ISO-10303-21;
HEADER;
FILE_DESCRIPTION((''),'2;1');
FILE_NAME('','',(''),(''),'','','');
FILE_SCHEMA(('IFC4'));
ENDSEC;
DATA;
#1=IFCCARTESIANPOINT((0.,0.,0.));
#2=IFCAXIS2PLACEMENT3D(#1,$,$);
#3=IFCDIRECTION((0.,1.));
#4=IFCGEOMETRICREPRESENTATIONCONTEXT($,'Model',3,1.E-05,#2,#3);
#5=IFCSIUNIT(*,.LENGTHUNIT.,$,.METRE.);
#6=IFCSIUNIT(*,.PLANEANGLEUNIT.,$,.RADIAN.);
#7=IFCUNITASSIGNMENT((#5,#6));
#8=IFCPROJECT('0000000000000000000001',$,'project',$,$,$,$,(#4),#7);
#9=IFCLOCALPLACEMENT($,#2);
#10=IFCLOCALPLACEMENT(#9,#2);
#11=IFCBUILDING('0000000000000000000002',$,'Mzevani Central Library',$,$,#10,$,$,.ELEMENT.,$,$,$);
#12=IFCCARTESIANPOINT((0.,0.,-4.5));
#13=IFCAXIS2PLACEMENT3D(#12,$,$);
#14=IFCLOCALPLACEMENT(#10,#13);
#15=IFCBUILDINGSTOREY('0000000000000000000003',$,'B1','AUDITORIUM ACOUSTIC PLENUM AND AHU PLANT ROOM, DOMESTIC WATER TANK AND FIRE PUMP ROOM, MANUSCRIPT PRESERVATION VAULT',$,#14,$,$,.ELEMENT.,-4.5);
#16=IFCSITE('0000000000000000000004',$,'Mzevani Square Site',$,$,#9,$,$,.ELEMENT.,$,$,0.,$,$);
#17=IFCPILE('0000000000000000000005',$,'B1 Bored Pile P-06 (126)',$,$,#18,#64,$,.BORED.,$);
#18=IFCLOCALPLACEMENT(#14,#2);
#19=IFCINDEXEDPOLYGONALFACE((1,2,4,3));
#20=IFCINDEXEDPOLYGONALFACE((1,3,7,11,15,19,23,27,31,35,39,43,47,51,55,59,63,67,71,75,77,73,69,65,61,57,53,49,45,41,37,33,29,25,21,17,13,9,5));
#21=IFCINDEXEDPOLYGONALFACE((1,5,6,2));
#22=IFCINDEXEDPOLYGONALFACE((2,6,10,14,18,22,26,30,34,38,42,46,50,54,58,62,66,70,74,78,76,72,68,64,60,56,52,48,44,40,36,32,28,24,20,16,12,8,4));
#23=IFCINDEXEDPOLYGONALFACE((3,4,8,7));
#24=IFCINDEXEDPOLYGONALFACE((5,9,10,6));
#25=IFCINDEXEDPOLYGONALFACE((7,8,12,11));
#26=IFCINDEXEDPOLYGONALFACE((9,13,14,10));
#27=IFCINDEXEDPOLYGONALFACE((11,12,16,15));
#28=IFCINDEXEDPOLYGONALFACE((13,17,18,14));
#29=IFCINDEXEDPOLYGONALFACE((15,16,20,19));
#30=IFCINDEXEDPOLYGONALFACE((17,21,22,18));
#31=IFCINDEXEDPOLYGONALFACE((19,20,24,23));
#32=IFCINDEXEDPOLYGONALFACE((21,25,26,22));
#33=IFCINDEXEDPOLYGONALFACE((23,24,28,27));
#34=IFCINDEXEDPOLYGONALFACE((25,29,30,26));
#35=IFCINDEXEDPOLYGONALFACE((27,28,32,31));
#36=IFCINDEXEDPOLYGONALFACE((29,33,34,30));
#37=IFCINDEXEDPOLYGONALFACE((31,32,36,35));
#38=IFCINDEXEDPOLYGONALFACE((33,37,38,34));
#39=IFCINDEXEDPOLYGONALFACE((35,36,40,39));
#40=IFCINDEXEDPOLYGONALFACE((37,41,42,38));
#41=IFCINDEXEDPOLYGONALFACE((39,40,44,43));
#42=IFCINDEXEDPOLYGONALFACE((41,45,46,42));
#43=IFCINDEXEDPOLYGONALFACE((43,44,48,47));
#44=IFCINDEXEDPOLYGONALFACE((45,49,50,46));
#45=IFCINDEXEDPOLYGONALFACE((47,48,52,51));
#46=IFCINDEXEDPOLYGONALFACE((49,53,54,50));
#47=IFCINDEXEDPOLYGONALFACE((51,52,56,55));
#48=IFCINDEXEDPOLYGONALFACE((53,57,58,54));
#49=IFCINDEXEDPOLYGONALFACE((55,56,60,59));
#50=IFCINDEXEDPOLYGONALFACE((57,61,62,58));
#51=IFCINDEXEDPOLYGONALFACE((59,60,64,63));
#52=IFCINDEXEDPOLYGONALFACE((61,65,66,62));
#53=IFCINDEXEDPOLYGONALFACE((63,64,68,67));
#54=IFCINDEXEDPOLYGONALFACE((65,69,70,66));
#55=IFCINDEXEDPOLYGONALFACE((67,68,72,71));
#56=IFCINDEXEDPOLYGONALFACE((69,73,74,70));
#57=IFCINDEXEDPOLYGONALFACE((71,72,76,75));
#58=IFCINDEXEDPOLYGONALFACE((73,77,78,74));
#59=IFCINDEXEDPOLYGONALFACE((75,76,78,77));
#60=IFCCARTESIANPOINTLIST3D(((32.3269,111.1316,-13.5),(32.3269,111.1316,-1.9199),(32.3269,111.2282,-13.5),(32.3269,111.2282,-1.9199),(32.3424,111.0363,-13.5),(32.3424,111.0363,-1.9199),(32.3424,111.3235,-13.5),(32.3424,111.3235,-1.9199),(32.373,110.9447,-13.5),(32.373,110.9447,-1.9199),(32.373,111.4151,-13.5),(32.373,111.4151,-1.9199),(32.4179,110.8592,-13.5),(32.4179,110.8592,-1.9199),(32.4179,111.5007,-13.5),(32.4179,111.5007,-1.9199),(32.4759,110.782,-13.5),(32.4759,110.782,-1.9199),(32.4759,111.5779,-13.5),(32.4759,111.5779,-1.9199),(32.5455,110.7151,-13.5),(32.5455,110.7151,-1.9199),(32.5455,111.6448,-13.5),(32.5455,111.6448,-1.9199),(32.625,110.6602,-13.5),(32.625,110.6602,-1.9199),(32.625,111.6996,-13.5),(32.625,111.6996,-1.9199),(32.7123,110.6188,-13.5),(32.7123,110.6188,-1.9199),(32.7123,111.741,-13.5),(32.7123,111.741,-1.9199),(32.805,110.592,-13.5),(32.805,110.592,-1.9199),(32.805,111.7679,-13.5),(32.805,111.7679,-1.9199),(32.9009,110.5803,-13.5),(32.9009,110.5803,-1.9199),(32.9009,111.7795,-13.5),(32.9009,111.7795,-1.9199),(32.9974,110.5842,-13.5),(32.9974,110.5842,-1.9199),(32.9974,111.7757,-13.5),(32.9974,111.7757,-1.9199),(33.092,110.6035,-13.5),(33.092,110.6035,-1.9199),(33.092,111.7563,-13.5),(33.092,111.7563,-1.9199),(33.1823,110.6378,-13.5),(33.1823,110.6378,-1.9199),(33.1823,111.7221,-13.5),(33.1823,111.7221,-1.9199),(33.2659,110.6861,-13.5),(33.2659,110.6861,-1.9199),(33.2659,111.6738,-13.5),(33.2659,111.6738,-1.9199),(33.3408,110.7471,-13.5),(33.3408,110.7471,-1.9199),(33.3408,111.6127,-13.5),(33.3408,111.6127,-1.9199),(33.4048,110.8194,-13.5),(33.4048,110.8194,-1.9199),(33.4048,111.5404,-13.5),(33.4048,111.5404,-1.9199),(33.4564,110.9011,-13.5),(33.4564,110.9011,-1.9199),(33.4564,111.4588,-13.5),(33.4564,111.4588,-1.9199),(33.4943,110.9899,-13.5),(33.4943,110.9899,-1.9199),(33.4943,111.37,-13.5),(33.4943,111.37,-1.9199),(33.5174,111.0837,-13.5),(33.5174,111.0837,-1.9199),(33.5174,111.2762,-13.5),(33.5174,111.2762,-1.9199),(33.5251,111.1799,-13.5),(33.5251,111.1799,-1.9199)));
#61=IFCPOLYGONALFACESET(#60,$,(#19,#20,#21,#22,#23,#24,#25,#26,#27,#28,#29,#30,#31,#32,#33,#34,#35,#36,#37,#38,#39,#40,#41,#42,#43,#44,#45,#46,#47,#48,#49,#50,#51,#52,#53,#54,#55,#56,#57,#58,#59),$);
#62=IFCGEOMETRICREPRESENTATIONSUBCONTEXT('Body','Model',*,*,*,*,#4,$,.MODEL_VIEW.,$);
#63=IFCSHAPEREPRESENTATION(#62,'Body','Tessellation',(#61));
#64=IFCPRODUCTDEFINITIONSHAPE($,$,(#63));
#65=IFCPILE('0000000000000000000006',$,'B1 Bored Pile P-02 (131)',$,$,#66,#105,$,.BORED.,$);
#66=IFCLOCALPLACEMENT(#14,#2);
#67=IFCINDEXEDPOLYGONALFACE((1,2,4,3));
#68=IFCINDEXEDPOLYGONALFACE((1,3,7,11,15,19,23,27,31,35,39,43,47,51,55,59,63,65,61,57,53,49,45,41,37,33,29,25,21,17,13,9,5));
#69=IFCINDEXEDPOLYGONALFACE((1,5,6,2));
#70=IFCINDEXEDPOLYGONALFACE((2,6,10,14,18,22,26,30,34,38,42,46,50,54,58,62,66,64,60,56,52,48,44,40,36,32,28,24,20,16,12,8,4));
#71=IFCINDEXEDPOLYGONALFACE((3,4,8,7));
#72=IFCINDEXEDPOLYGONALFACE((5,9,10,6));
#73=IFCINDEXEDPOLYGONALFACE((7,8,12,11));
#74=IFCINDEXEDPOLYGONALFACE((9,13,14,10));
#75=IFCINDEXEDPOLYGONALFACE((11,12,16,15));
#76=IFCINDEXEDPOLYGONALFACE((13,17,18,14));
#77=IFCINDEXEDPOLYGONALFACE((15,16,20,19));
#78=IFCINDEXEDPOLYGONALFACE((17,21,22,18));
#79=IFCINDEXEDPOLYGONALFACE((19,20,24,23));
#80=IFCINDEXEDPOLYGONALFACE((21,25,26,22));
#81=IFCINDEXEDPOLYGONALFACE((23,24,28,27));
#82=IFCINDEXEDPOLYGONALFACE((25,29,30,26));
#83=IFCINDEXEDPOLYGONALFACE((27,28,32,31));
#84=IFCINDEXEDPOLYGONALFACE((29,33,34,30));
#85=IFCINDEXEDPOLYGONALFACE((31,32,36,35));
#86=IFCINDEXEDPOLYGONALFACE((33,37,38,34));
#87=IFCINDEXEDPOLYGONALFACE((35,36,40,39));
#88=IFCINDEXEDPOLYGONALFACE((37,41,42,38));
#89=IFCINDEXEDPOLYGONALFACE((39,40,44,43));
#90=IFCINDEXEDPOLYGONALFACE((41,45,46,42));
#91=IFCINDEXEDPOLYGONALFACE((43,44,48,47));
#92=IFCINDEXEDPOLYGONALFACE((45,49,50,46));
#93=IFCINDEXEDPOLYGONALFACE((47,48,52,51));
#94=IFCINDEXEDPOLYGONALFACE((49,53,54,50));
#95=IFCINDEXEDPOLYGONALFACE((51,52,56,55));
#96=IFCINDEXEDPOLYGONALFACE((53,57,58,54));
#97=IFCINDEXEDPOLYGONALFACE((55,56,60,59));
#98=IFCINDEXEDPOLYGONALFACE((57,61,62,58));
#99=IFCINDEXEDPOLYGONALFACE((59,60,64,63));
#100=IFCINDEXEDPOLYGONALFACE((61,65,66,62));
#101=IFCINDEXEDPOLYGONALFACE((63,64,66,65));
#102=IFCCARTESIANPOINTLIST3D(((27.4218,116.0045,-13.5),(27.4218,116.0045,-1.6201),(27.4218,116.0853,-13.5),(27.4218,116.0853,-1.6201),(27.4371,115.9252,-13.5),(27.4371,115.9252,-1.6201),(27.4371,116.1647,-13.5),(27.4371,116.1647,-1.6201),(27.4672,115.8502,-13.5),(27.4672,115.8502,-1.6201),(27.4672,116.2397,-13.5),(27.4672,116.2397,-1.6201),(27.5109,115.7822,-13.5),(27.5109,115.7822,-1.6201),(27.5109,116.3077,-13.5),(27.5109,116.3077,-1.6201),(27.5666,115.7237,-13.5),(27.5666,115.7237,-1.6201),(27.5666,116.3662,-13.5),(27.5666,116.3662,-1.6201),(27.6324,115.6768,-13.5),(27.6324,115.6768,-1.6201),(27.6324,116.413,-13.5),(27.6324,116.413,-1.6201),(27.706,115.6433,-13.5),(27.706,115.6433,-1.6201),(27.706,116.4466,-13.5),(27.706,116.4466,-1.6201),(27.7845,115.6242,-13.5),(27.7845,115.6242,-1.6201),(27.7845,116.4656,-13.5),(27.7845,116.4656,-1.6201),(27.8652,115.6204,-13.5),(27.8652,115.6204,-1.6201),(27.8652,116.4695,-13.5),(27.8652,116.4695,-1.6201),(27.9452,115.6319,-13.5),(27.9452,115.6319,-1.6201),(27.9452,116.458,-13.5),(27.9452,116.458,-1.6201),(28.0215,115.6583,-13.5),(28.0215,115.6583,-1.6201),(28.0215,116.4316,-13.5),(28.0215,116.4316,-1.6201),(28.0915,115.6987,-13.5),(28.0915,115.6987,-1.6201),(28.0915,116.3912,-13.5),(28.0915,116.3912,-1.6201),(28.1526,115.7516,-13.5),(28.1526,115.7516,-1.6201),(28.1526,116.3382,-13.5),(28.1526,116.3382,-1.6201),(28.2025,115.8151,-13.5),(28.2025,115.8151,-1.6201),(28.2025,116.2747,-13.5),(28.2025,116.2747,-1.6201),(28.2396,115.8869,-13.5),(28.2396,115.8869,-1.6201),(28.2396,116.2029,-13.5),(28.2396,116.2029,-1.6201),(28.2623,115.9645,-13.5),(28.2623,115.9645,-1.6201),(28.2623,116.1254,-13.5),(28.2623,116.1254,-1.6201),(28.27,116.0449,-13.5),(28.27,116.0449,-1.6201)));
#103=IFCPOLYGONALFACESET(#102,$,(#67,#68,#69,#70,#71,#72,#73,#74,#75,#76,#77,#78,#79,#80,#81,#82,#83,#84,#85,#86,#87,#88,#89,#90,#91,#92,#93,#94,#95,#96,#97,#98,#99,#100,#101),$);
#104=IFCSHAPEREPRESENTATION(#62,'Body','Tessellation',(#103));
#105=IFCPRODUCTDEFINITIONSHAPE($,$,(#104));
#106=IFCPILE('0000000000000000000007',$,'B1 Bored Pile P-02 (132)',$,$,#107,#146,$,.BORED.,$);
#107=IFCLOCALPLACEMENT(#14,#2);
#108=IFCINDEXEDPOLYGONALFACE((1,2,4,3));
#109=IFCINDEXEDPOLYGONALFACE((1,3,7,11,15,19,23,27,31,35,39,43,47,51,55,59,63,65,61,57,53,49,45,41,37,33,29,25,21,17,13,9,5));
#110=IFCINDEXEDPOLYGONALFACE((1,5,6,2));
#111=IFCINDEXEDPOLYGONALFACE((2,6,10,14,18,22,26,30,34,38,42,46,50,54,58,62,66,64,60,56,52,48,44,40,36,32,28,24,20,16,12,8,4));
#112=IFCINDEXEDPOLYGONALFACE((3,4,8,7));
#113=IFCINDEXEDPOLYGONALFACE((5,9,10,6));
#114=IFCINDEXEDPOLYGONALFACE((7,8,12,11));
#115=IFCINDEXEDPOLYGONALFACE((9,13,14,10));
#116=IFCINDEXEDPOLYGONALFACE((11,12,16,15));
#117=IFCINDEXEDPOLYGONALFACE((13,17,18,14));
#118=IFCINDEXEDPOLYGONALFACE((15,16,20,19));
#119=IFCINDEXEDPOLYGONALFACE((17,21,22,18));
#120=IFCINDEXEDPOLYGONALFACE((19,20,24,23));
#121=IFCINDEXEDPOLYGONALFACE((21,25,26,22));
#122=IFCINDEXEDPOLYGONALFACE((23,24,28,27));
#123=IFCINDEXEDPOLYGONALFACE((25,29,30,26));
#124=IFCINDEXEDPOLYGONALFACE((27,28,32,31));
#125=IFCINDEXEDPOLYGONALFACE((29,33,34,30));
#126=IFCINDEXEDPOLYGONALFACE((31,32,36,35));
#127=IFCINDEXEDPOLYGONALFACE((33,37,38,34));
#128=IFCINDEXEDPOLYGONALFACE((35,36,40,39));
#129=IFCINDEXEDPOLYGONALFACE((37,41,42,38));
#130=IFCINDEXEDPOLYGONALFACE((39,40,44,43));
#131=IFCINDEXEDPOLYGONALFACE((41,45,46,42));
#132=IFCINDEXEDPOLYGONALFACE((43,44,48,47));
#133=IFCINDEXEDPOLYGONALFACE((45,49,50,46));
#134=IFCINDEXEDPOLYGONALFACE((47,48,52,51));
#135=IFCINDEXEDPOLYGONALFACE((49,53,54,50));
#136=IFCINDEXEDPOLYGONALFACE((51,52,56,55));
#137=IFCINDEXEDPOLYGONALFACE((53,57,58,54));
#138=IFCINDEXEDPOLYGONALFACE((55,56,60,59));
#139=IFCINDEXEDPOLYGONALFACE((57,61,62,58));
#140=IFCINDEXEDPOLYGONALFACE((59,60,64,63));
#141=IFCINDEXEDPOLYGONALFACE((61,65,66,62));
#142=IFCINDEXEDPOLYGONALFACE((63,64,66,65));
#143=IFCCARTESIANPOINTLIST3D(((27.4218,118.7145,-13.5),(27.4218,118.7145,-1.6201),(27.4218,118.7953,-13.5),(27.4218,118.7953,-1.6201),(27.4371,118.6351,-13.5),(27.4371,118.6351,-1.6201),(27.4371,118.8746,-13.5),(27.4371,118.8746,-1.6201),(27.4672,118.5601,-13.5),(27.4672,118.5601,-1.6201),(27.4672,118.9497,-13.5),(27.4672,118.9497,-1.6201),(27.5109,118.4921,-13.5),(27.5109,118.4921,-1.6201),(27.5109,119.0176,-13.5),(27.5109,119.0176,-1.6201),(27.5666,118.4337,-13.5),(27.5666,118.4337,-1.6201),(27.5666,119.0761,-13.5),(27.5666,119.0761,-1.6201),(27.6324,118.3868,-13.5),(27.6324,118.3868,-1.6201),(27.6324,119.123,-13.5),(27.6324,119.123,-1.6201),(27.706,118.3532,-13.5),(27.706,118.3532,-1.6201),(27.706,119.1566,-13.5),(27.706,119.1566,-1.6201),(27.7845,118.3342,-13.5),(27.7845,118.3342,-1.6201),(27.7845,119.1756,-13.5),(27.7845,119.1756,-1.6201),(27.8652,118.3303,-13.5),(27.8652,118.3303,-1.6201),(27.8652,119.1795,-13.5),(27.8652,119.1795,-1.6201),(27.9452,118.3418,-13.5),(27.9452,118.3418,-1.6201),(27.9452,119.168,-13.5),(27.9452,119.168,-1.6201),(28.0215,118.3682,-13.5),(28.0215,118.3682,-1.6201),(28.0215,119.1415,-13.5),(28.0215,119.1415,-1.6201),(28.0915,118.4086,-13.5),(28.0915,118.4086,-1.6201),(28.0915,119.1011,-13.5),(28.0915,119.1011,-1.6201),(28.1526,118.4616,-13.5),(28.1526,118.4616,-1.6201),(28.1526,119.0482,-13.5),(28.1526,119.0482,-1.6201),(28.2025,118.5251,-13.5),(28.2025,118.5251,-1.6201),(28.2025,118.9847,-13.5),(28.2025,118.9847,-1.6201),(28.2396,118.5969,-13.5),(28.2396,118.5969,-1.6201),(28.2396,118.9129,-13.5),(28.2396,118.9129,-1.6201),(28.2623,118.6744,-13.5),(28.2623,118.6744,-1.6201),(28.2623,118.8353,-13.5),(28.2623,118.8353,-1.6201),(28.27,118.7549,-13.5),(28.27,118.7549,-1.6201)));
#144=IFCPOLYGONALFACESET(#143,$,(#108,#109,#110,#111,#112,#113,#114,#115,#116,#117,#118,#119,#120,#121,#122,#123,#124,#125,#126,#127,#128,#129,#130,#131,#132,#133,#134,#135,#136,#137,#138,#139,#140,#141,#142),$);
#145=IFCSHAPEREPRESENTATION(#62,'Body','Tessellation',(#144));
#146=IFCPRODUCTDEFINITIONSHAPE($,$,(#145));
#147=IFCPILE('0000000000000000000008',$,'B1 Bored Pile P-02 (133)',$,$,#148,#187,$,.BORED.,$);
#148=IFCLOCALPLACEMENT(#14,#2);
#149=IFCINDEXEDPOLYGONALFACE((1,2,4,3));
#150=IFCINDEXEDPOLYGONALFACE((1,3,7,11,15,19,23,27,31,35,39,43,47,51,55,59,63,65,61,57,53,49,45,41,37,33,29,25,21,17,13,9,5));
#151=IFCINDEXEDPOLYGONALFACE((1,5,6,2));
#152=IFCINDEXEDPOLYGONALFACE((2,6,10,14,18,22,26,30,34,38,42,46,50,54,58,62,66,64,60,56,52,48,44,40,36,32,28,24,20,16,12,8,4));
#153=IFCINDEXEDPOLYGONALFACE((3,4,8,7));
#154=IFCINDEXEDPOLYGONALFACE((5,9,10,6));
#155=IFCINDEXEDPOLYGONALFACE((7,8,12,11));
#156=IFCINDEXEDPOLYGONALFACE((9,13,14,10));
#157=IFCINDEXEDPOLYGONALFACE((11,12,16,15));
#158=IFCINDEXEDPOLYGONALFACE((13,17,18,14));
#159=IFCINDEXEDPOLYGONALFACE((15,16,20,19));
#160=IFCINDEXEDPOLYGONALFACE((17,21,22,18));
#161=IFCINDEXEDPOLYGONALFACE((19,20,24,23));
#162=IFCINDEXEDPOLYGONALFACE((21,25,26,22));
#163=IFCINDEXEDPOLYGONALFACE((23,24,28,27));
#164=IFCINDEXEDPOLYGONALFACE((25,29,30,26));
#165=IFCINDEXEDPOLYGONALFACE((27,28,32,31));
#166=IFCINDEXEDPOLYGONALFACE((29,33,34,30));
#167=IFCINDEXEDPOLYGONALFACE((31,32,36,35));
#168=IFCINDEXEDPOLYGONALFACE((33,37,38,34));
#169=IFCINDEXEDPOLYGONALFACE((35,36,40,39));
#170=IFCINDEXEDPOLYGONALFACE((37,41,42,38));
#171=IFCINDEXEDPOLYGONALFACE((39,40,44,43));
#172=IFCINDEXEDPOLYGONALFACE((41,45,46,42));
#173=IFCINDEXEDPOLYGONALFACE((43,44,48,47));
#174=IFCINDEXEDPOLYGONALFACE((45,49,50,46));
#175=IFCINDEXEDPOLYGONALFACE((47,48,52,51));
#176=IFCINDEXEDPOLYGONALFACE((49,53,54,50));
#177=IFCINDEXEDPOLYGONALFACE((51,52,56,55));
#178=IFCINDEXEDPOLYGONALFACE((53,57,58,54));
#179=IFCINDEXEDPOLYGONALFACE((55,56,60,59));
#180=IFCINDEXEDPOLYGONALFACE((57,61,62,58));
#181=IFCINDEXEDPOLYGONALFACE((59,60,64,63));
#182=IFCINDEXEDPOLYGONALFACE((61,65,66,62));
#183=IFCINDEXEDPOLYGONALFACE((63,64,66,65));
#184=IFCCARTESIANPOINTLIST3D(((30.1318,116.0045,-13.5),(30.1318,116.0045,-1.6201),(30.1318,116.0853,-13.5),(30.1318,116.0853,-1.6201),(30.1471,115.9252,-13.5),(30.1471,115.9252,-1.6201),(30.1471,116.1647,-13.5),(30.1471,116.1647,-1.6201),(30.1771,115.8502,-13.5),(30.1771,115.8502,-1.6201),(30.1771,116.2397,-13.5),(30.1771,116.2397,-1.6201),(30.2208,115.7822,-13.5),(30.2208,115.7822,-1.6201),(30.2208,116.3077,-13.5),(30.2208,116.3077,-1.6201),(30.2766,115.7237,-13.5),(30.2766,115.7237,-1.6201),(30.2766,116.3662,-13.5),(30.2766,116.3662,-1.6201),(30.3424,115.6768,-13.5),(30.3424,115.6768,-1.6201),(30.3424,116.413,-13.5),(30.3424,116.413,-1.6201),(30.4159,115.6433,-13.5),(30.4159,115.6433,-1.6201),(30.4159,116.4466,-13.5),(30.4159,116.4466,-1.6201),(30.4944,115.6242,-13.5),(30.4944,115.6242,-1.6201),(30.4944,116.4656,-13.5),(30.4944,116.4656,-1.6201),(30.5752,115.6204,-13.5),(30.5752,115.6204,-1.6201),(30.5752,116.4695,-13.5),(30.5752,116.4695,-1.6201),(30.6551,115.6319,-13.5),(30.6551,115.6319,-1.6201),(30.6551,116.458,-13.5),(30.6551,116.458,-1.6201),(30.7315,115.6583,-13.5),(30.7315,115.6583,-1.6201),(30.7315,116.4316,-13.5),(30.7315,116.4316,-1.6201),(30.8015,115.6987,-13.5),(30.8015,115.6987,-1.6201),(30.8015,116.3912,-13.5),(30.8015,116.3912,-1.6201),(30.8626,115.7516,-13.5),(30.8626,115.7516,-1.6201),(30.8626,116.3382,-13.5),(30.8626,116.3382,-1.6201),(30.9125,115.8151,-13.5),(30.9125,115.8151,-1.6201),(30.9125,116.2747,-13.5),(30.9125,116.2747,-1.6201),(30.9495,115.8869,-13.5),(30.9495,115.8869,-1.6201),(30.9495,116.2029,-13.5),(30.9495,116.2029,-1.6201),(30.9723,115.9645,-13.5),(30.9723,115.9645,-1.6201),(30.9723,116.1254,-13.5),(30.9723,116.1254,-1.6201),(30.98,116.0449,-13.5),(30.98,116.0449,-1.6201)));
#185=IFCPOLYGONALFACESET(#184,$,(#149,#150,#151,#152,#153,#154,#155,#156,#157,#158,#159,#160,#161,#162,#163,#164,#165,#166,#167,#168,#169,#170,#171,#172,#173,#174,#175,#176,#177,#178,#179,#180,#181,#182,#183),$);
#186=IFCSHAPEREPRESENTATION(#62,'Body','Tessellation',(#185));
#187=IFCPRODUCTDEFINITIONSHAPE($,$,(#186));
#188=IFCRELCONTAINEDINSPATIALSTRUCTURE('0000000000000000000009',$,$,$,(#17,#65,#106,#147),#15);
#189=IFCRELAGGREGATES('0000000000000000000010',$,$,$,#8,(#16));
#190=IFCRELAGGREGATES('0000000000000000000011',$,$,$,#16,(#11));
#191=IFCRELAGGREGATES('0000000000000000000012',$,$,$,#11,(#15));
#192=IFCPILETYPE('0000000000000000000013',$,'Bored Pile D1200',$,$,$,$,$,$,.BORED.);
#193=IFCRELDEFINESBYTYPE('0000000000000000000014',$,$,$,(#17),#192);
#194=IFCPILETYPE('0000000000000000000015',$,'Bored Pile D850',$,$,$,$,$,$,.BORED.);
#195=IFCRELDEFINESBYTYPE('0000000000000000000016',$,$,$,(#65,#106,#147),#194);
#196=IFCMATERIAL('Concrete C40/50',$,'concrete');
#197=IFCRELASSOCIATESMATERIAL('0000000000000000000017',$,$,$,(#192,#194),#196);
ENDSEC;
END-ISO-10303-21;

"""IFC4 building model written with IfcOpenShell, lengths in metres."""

from ifc_helpers import new_model, si_unit, direction, frame, origin, origin_2d, place, context, subcontext, project, spatial, circle, extrude, material, material_profile, profile_set, type_object, element, save


model = new_model("IFC4")

# Units and contexts
model_context = context("Model", 3, precision=1e-05, world=origin(), true_north=direction((0.0, 1.0)))
body_context = subcontext(model_context, "Body", "Model", "MODEL_VIEW")
ifc_project = project(units=[si_unit("LENGTHUNIT", "METRE"), si_unit("PLANEANGLEUNIT", "RADIAN")], contexts=[model_context])

# Site, building, storey
site_placement = place(None, origin())
site = spatial("IfcSite", under=ifc_project, at=site_placement, Name="Mzevani Square Site", CompositionType="ELEMENT", RefElevation=0.0)
building_placement = place(site_placement, origin())
building = spatial("IfcBuilding", under=site, at=building_placement, Name="Mzevani Central Library", CompositionType="ELEMENT")
storey_placement = place(building_placement, frame((0.0, 0.0, -4.5)))
storey = spatial("IfcBuildingStorey", under=building, at=storey_placement, Name="B1", Description="AUDITORIUM ACOUSTIC PLENUM AND AHU PLANT ROOM, DOMESTIC WATER TANK AND FIRE PUMP ROOM, MANUSCRIPT PRESERVATION VAULT", CompositionType="ELEMENT", Elevation=-4.5)

# Piles
ifc_material_1 = material(Name="Concrete C40/50", Category="concrete")
ifc_material_profile_1 = material_profile(ifc_material_1, circle(Radius=0.6001, at=origin_2d()), Name="PILE D1200")
ifc_profile_set_1 = profile_set([ifc_material_profile_1], Name="Concrete C40/50")
pile_type_1 = type_object("IfcPileType", Name="Bored Pile D1200", PredefinedType="BORED", material=ifc_profile_set_1)
for number, where, z_axis, x_axis, name in (
    (1, (32.925, 111.1799, -1.9199), (0.0, 0.0, -1.0), (1.0, 0.0, 0.0), "B1 Bored Pile P-06 (126)"),
):
    element("IfcPile", number, at=place(storey_placement, frame(where, z_axis=z_axis, x_axis=x_axis)), inside=storey, type_object=pile_type_1, Name=name, PredefinedType="BORED", context=body_context, shape_type="SweptSolid", body=[
        extrude(circle(Radius=0.6001, at=origin_2d()), origin(), (0.0, 0.0, 1.0), 11.5801),
    ])
ifc_material_profile_2 = material_profile(ifc_material_1, circle(Radius=0.425, at=origin_2d()), Name="PILE D850")
ifc_profile_set_2 = profile_set([ifc_material_profile_2], Name="Concrete C40/50")
pile_type_2 = type_object("IfcPileType", Name="Bored Pile D850", PredefinedType="BORED", material=ifc_profile_set_2)
for number, where, z_axis, x_axis, name in (
    (2, (27.845, 116.0449, -1.6201), (0.0, 0.0, -1.0), (1.0, 0.0, 0.0), "B1 Bored Pile P-02 (131)"),
    (3, (27.845, 118.7549, -1.6201), (0.0, 0.0, -1.0), (1.0, 0.0, 0.0), "B1 Bored Pile P-02 (132)"),
    (4, (30.5549, 116.0449, -1.6201), (0.0, 0.0, -1.0), (1.0, 0.0, 0.0), "B1 Bored Pile P-02 (133)"),
):
    element("IfcPile", number, at=place(storey_placement, frame(where, z_axis=z_axis, x_axis=x_axis)), inside=storey, type_object=pile_type_2, Name=name, PredefinedType="BORED", context=body_context, shape_type="SweptSolid", body=[
        extrude(circle(Radius=0.425, at=origin_2d()), origin(), (0.0, 0.0, 1.0), 11.8799),
    ])

save(model, "model.ifc")
